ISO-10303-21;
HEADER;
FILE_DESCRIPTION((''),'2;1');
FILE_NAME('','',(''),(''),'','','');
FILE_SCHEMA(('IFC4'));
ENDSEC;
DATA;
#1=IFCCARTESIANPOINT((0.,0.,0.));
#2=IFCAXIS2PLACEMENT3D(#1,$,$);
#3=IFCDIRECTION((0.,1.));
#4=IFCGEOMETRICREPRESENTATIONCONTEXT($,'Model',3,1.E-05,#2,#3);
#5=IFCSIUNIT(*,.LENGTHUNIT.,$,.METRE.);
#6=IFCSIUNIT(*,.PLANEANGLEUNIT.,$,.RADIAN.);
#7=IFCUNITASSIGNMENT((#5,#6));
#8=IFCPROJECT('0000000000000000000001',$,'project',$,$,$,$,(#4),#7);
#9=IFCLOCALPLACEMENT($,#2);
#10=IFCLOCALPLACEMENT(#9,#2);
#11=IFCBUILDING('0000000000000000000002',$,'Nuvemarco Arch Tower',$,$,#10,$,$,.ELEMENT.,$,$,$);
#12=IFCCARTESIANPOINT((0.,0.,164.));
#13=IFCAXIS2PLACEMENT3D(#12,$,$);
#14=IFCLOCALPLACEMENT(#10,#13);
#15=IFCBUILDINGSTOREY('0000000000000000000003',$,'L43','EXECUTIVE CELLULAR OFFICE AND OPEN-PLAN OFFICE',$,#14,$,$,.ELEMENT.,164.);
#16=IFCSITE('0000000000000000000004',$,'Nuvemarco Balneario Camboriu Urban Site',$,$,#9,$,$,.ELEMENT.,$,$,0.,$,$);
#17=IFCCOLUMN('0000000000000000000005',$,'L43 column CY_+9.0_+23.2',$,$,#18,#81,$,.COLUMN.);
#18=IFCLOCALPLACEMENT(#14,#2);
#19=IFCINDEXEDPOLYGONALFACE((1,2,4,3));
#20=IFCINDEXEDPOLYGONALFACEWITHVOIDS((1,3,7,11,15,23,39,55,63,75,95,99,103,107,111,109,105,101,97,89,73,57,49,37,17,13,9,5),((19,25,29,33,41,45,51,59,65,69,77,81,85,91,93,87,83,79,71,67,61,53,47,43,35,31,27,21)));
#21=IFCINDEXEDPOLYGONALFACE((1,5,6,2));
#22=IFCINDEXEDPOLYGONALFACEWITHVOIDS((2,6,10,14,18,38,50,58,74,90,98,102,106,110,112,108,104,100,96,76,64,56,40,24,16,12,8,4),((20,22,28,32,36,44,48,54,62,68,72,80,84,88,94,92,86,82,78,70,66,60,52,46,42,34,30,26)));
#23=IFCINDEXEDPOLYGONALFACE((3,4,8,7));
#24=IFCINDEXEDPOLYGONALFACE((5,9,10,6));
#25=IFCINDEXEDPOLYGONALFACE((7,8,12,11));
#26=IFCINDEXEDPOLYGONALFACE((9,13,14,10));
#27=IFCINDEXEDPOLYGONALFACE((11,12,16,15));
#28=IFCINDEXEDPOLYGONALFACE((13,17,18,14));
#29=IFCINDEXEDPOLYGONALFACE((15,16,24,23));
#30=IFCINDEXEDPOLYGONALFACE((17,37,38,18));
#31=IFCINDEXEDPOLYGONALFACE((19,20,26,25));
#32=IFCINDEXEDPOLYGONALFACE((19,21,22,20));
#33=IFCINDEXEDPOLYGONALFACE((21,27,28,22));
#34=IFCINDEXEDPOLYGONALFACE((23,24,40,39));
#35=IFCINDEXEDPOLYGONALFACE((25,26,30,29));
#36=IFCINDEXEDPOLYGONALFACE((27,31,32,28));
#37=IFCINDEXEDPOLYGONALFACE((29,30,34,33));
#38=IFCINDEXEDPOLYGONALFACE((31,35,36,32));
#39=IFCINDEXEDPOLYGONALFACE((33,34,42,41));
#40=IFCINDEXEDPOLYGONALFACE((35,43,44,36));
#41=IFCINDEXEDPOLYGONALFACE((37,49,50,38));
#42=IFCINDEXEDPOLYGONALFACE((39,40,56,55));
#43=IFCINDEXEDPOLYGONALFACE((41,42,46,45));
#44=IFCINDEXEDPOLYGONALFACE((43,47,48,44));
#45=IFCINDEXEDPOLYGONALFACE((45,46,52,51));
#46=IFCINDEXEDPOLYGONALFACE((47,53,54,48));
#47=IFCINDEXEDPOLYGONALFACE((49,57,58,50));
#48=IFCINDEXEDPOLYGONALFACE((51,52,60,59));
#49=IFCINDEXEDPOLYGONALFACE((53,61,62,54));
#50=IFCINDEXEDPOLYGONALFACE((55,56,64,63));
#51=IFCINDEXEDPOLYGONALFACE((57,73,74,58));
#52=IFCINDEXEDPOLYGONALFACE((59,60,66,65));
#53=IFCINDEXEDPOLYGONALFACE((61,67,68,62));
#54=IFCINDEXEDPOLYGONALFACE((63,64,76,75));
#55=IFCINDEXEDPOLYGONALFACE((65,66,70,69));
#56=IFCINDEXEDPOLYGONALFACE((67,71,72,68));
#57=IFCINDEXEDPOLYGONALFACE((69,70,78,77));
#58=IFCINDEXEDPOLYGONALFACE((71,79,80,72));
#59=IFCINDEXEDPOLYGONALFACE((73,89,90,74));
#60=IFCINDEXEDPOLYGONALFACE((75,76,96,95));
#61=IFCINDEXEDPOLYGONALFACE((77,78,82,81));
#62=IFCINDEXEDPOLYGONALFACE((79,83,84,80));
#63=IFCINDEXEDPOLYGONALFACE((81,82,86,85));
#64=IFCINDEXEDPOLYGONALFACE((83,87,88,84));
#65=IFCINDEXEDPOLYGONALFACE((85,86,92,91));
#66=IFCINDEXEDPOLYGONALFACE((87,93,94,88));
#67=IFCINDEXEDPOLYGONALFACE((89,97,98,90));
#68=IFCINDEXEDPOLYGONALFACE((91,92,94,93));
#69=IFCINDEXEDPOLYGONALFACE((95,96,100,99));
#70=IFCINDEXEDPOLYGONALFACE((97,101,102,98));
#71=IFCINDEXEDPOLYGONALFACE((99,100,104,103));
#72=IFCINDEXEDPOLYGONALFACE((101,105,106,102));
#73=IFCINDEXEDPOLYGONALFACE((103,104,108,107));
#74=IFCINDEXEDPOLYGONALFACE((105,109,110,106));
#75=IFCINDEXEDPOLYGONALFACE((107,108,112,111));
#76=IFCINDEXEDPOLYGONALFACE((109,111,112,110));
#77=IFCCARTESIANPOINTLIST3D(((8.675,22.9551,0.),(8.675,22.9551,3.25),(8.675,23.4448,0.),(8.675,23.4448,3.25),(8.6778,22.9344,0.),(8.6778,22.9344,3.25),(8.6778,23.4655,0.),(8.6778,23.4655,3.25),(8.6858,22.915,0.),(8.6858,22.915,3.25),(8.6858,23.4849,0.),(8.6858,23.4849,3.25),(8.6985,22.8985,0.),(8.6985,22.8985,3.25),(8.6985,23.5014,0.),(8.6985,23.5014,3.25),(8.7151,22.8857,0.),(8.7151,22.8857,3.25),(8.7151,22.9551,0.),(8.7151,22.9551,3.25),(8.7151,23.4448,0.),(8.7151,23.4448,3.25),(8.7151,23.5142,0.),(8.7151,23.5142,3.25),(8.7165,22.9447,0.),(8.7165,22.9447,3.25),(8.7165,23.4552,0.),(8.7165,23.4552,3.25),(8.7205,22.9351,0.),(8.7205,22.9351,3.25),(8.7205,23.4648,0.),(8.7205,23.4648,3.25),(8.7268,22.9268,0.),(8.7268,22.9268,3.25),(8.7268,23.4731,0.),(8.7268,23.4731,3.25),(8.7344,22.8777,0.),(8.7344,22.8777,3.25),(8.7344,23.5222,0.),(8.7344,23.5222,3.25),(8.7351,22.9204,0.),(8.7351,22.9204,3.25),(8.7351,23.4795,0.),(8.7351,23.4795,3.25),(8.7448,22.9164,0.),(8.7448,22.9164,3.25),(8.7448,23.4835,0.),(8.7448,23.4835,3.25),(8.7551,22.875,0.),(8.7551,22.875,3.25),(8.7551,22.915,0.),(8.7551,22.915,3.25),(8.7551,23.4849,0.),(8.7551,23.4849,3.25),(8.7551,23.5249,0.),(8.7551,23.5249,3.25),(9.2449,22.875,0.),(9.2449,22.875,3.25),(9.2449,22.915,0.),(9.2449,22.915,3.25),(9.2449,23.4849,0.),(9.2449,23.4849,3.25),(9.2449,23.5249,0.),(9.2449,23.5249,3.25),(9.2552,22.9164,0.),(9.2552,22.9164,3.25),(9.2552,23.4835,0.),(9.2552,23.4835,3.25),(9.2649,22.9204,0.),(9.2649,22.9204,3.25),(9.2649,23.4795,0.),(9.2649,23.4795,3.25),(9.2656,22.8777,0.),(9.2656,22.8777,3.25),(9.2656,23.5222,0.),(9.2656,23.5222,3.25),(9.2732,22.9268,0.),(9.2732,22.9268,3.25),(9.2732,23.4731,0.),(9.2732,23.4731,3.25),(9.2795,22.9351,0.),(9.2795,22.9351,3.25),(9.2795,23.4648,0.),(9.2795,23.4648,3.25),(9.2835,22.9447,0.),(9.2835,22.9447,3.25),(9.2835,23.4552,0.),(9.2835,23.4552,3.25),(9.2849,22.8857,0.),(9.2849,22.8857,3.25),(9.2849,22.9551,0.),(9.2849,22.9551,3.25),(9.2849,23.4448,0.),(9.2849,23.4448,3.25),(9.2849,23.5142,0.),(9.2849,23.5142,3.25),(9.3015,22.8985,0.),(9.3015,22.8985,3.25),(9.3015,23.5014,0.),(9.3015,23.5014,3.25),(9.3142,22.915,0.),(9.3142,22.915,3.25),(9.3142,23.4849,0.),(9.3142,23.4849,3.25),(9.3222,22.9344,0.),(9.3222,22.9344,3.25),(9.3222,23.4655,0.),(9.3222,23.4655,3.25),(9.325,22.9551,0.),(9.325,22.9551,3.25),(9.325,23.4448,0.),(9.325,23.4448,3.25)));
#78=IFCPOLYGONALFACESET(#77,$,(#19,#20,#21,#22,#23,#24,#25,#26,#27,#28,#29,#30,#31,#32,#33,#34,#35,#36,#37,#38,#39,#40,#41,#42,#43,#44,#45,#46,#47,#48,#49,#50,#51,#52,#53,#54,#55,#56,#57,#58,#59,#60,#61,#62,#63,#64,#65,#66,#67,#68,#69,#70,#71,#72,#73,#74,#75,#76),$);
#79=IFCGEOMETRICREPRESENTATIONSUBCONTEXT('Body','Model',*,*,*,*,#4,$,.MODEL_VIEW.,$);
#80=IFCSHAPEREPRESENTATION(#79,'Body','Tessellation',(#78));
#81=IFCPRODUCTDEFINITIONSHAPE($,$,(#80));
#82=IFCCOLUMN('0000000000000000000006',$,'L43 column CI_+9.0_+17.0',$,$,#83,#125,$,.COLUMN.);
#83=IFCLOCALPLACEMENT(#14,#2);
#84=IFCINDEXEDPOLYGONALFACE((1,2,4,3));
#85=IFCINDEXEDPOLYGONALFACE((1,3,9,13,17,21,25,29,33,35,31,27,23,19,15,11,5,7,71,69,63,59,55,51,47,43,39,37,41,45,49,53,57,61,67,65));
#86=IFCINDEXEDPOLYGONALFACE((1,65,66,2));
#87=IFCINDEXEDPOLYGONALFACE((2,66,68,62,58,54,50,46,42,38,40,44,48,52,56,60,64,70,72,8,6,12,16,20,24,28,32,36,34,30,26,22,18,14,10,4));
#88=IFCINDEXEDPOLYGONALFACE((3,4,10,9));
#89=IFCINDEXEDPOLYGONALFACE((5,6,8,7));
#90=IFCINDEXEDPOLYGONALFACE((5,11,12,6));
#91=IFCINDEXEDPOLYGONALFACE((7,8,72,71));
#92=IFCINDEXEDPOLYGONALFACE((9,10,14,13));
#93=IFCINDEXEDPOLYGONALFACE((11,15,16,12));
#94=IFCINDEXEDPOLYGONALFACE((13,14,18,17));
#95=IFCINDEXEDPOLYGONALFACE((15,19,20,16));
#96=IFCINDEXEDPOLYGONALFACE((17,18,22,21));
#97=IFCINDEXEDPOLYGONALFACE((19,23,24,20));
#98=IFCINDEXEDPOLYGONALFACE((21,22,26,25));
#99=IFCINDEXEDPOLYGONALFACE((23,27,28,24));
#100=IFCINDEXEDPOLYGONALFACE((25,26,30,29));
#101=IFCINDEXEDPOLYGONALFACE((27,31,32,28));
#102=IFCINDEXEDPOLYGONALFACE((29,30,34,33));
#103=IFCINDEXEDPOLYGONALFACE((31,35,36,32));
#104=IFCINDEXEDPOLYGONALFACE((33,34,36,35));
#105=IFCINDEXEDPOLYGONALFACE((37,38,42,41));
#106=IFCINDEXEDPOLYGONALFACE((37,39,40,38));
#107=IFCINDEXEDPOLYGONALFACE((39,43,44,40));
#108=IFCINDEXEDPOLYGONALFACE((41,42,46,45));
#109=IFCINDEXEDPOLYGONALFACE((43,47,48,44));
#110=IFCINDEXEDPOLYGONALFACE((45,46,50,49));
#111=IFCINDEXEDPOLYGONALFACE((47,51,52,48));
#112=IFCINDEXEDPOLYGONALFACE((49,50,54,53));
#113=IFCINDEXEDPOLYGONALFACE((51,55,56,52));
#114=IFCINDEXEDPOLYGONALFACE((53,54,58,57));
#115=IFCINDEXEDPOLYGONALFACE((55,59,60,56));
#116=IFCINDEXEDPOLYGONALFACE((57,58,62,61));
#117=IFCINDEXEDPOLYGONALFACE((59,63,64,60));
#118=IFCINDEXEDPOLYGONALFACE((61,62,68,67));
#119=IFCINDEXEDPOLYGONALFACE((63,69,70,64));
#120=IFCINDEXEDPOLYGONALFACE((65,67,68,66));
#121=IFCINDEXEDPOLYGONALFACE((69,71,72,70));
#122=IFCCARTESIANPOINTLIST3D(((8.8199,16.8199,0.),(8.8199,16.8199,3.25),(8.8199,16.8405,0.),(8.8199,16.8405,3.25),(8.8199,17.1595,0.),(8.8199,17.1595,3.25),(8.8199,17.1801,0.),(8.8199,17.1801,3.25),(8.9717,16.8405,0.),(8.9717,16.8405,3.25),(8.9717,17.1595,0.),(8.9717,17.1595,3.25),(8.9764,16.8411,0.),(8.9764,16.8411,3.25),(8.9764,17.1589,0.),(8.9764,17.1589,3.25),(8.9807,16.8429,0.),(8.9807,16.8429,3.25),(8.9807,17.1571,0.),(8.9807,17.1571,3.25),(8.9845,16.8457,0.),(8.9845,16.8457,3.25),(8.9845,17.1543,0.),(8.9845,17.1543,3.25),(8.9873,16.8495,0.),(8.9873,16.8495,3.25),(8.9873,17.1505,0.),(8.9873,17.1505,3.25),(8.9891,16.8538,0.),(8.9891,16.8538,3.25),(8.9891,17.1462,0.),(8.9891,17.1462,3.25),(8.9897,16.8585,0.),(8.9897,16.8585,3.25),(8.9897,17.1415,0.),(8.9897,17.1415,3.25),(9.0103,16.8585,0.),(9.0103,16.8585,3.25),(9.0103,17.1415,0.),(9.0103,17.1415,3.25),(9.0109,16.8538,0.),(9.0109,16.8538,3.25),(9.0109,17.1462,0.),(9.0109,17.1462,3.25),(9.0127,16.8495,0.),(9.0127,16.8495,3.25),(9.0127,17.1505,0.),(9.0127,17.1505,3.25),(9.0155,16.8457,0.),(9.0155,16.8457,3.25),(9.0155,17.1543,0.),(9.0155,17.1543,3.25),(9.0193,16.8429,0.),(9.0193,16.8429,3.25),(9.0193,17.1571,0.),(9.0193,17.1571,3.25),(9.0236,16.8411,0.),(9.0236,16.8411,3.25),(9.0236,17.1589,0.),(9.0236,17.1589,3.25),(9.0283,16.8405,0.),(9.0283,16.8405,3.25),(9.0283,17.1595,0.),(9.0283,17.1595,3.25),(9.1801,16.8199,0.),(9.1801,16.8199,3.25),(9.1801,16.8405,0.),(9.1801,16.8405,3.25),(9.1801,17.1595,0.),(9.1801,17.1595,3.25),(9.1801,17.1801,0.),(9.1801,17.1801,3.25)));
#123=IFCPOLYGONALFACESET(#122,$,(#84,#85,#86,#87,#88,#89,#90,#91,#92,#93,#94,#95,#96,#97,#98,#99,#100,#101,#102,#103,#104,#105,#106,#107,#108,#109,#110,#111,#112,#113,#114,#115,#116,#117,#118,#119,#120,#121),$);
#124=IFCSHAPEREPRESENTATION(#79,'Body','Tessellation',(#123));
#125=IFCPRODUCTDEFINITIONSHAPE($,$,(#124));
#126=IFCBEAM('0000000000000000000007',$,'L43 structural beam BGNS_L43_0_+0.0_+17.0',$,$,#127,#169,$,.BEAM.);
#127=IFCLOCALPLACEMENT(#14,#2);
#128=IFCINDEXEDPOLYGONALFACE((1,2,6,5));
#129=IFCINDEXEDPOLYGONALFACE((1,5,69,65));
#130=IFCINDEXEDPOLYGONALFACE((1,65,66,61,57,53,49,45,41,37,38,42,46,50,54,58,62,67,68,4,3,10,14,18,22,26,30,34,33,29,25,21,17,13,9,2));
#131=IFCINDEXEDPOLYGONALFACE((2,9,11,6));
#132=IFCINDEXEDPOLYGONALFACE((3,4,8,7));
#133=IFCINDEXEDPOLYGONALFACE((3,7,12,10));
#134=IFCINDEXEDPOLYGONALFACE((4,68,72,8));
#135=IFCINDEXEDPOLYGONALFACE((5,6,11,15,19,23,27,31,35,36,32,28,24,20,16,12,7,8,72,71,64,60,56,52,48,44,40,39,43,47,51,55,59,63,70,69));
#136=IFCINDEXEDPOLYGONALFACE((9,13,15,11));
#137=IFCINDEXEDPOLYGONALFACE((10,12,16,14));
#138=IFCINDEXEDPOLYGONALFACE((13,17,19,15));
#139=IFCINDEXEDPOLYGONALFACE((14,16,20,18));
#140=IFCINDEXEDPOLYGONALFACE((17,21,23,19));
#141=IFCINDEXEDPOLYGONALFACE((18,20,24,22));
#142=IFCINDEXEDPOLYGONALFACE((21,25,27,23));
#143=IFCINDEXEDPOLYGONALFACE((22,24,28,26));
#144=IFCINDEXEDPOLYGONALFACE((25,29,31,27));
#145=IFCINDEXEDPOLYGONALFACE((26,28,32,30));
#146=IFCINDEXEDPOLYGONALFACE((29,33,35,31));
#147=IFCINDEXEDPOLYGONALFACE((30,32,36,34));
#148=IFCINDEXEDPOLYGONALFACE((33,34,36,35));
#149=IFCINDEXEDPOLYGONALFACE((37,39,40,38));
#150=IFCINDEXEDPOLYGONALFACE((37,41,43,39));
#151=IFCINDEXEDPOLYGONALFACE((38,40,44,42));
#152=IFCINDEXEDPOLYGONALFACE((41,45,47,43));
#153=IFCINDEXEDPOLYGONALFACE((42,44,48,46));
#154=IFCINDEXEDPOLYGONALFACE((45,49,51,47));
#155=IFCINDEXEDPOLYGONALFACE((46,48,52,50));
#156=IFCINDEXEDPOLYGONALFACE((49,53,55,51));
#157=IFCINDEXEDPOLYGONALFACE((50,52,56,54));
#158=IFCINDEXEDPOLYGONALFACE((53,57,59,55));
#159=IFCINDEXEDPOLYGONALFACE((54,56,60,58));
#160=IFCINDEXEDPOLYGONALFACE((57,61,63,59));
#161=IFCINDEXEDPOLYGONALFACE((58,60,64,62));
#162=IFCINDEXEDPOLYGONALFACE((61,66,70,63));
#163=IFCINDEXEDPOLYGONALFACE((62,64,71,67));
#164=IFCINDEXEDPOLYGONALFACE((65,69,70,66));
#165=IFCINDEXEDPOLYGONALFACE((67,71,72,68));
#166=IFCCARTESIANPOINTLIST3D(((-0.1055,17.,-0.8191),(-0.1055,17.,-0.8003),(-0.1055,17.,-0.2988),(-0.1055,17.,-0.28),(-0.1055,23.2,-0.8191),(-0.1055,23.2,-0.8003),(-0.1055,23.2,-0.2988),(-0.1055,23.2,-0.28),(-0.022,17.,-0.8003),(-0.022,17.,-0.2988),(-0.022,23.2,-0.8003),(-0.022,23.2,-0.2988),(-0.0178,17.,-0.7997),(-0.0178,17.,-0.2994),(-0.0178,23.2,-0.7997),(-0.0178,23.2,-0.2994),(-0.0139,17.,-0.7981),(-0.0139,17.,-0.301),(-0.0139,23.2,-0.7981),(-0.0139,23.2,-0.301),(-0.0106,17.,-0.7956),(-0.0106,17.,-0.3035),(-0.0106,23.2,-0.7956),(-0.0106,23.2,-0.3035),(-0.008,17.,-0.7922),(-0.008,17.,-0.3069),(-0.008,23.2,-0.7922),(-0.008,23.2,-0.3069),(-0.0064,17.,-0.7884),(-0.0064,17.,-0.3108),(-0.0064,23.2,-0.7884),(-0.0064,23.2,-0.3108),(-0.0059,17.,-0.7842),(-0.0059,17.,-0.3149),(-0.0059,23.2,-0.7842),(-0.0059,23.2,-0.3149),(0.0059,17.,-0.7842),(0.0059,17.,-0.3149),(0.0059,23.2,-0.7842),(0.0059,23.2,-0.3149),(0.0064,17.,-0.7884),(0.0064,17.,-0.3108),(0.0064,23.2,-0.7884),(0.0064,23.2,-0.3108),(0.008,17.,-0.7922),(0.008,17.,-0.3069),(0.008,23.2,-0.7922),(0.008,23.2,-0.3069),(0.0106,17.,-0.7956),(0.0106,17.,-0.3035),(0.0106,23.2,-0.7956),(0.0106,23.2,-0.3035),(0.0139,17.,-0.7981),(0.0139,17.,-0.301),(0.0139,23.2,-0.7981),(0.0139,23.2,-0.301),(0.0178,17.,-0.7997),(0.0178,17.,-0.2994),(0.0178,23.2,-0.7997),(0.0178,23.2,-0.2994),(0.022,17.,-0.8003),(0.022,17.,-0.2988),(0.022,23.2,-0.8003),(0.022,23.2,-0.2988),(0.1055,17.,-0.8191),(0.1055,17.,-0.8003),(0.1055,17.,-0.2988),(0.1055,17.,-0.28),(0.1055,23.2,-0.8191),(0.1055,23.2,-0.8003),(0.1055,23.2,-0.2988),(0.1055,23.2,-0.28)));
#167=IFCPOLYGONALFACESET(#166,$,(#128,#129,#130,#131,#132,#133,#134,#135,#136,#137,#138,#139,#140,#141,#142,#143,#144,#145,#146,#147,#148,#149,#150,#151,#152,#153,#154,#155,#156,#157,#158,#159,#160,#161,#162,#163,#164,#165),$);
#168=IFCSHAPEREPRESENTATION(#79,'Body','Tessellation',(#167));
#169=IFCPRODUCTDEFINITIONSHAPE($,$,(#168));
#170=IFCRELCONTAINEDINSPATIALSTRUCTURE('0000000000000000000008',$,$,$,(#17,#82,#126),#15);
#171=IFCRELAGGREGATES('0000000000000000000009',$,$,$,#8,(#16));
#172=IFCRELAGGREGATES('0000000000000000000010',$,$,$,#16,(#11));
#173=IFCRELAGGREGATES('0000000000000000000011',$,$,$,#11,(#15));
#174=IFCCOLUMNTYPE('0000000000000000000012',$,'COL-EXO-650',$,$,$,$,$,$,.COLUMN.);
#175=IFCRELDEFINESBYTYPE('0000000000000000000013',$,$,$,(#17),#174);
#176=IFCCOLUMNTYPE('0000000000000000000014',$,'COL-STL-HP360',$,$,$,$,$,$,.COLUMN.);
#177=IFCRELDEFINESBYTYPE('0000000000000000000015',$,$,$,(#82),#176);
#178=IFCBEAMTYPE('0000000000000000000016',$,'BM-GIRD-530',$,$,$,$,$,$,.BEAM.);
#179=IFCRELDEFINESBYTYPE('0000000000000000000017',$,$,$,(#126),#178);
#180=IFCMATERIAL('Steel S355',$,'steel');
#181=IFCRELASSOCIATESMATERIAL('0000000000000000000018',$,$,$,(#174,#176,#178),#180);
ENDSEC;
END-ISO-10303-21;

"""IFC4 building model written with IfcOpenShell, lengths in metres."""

from ifc_helpers import new_model, si_unit, direction, frame, origin, origin_2d, place, context, subcontext, project, spatial, hollow_rectangle, i_section, extrude, material, material_profile, profile_set, type_object, element, save


model = new_model("IFC4")

# Units and contexts
model_context = context("Model", 3, precision=1e-05, world=origin(), true_north=direction((0.0, 1.0)))
body_context = subcontext(model_context, "Body", "Model", "MODEL_VIEW")
ifc_project = project(units=[si_unit("LENGTHUNIT", "METRE"), si_unit("PLANEANGLEUNIT", "RADIAN")], contexts=[model_context])

# Site, building, storey
site_placement = place(None, origin())
site = spatial("IfcSite", under=ifc_project, at=site_placement, Name="Nuvemarco Balneario Camboriu Urban Site", CompositionType="ELEMENT", RefElevation=0.0)
building_placement = place(site_placement, origin())
building = spatial("IfcBuilding", under=site, at=building_placement, Name="Nuvemarco Arch Tower", CompositionType="ELEMENT")
storey_placement = place(building_placement, frame((0.0, 0.0, 164.0)))
storey = spatial("IfcBuildingStorey", under=building, at=storey_placement, Name="L43", Description="EXECUTIVE CELLULAR OFFICE AND OPEN-PLAN OFFICE", CompositionType="ELEMENT", Elevation=164.0)

# Columns
ifc_material_1 = material(Name="Steel S355", Category="steel")
ifc_material_profile_1 = material_profile(ifc_material_1, hollow_rectangle(XDim=0.6499, YDim=0.6499, WallThickness=0.04, InnerFilletRadius=0.04, OuterFilletRadius=0.0801, at=origin_2d()), Name="SHS650x650x40")
ifc_profile_set_1 = profile_set([ifc_material_profile_1], Name="Steel S355")
column_type_1 = type_object("IfcColumnType", Name="COL-EXO-650", PredefinedType="COLUMN", material=ifc_profile_set_1)
column_1_placement = place(storey_placement, frame((9.0, 23.2, 0.0), z_axis=(0.0, 0.0, 1.0), x_axis=(1.0, 0.0, 0.0)))
element("IfcColumn", 1, at=column_1_placement, inside=storey, type_object=column_type_1, Name="L43 column CY_+9.0_+23.2", PredefinedType="COLUMN", context=body_context, shape_type="SweptSolid", body=[
    extrude(hollow_rectangle(XDim=0.6499, YDim=0.6499, WallThickness=0.04, InnerFilletRadius=0.04, OuterFilletRadius=0.0801, at=origin_2d()), origin(), (0.0, 0.0, 1.0), 3.25),
])
ifc_material_profile_2 = material_profile(ifc_material_1, i_section(OverallWidth=0.3601, OverallDepth=0.3601, WebThickness=0.0205, FlangeThickness=0.0205, FilletRadius=0.0181, at=origin_2d()), Name="HP360x174")
ifc_profile_set_2 = profile_set([ifc_material_profile_2], Name="Steel S355")
column_type_2 = type_object("IfcColumnType", Name="COL-STL-HP360", PredefinedType="COLUMN", material=ifc_profile_set_2)
column_2_placement = place(storey_placement, frame((9.0, 17.0, 0.0), z_axis=(0.0, 0.0, 1.0), x_axis=(1.0, 0.0, 0.0)))
element("IfcColumn", 2, at=column_2_placement, inside=storey, type_object=column_type_2, Name="L43 column CI_+9.0_+17.0", PredefinedType="COLUMN", context=body_context, shape_type="SweptSolid", body=[
    extrude(i_section(OverallWidth=0.3601, OverallDepth=0.3601, WebThickness=0.0205, FlangeThickness=0.0205, FilletRadius=0.0181, at=origin_2d()), origin(), (0.0, 0.0, 1.0), 3.25),
])

# Beam
ifc_material_profile_3 = material_profile(ifc_material_1, i_section(OverallWidth=0.2109, OverallDepth=0.5391, WebThickness=0.0117, FlangeThickness=0.0188, FilletRadius=0.0161, at=origin_2d()), Name="W530x109")
ifc_profile_set_3 = profile_set([ifc_material_profile_3], Name="Steel S355")
beam_type_1 = type_object("IfcBeamType", Name="BM-GIRD-530", PredefinedType="BEAM", material=ifc_profile_set_3)
beam_1_placement = place(storey_placement, frame((0.0, 17.0, -0.5496), z_axis=(0.0, 1.0, 0.0), x_axis=(-1.0, 0.0, 0.0)))
element("IfcBeam", 3, at=beam_1_placement, inside=storey, type_object=beam_type_1, Name="L43 structural beam BGNS_L43_0_+0.0_+17.0", PredefinedType="BEAM", context=body_context, shape_type="SweptSolid", body=[
    extrude(i_section(OverallWidth=0.2109, OverallDepth=0.5391, WebThickness=0.0117, FlangeThickness=0.0188, FilletRadius=0.0161, at=origin_2d()), origin(), (0.0, 0.0, 1.0), 6.2),
])

save(model, "model.ifc")
